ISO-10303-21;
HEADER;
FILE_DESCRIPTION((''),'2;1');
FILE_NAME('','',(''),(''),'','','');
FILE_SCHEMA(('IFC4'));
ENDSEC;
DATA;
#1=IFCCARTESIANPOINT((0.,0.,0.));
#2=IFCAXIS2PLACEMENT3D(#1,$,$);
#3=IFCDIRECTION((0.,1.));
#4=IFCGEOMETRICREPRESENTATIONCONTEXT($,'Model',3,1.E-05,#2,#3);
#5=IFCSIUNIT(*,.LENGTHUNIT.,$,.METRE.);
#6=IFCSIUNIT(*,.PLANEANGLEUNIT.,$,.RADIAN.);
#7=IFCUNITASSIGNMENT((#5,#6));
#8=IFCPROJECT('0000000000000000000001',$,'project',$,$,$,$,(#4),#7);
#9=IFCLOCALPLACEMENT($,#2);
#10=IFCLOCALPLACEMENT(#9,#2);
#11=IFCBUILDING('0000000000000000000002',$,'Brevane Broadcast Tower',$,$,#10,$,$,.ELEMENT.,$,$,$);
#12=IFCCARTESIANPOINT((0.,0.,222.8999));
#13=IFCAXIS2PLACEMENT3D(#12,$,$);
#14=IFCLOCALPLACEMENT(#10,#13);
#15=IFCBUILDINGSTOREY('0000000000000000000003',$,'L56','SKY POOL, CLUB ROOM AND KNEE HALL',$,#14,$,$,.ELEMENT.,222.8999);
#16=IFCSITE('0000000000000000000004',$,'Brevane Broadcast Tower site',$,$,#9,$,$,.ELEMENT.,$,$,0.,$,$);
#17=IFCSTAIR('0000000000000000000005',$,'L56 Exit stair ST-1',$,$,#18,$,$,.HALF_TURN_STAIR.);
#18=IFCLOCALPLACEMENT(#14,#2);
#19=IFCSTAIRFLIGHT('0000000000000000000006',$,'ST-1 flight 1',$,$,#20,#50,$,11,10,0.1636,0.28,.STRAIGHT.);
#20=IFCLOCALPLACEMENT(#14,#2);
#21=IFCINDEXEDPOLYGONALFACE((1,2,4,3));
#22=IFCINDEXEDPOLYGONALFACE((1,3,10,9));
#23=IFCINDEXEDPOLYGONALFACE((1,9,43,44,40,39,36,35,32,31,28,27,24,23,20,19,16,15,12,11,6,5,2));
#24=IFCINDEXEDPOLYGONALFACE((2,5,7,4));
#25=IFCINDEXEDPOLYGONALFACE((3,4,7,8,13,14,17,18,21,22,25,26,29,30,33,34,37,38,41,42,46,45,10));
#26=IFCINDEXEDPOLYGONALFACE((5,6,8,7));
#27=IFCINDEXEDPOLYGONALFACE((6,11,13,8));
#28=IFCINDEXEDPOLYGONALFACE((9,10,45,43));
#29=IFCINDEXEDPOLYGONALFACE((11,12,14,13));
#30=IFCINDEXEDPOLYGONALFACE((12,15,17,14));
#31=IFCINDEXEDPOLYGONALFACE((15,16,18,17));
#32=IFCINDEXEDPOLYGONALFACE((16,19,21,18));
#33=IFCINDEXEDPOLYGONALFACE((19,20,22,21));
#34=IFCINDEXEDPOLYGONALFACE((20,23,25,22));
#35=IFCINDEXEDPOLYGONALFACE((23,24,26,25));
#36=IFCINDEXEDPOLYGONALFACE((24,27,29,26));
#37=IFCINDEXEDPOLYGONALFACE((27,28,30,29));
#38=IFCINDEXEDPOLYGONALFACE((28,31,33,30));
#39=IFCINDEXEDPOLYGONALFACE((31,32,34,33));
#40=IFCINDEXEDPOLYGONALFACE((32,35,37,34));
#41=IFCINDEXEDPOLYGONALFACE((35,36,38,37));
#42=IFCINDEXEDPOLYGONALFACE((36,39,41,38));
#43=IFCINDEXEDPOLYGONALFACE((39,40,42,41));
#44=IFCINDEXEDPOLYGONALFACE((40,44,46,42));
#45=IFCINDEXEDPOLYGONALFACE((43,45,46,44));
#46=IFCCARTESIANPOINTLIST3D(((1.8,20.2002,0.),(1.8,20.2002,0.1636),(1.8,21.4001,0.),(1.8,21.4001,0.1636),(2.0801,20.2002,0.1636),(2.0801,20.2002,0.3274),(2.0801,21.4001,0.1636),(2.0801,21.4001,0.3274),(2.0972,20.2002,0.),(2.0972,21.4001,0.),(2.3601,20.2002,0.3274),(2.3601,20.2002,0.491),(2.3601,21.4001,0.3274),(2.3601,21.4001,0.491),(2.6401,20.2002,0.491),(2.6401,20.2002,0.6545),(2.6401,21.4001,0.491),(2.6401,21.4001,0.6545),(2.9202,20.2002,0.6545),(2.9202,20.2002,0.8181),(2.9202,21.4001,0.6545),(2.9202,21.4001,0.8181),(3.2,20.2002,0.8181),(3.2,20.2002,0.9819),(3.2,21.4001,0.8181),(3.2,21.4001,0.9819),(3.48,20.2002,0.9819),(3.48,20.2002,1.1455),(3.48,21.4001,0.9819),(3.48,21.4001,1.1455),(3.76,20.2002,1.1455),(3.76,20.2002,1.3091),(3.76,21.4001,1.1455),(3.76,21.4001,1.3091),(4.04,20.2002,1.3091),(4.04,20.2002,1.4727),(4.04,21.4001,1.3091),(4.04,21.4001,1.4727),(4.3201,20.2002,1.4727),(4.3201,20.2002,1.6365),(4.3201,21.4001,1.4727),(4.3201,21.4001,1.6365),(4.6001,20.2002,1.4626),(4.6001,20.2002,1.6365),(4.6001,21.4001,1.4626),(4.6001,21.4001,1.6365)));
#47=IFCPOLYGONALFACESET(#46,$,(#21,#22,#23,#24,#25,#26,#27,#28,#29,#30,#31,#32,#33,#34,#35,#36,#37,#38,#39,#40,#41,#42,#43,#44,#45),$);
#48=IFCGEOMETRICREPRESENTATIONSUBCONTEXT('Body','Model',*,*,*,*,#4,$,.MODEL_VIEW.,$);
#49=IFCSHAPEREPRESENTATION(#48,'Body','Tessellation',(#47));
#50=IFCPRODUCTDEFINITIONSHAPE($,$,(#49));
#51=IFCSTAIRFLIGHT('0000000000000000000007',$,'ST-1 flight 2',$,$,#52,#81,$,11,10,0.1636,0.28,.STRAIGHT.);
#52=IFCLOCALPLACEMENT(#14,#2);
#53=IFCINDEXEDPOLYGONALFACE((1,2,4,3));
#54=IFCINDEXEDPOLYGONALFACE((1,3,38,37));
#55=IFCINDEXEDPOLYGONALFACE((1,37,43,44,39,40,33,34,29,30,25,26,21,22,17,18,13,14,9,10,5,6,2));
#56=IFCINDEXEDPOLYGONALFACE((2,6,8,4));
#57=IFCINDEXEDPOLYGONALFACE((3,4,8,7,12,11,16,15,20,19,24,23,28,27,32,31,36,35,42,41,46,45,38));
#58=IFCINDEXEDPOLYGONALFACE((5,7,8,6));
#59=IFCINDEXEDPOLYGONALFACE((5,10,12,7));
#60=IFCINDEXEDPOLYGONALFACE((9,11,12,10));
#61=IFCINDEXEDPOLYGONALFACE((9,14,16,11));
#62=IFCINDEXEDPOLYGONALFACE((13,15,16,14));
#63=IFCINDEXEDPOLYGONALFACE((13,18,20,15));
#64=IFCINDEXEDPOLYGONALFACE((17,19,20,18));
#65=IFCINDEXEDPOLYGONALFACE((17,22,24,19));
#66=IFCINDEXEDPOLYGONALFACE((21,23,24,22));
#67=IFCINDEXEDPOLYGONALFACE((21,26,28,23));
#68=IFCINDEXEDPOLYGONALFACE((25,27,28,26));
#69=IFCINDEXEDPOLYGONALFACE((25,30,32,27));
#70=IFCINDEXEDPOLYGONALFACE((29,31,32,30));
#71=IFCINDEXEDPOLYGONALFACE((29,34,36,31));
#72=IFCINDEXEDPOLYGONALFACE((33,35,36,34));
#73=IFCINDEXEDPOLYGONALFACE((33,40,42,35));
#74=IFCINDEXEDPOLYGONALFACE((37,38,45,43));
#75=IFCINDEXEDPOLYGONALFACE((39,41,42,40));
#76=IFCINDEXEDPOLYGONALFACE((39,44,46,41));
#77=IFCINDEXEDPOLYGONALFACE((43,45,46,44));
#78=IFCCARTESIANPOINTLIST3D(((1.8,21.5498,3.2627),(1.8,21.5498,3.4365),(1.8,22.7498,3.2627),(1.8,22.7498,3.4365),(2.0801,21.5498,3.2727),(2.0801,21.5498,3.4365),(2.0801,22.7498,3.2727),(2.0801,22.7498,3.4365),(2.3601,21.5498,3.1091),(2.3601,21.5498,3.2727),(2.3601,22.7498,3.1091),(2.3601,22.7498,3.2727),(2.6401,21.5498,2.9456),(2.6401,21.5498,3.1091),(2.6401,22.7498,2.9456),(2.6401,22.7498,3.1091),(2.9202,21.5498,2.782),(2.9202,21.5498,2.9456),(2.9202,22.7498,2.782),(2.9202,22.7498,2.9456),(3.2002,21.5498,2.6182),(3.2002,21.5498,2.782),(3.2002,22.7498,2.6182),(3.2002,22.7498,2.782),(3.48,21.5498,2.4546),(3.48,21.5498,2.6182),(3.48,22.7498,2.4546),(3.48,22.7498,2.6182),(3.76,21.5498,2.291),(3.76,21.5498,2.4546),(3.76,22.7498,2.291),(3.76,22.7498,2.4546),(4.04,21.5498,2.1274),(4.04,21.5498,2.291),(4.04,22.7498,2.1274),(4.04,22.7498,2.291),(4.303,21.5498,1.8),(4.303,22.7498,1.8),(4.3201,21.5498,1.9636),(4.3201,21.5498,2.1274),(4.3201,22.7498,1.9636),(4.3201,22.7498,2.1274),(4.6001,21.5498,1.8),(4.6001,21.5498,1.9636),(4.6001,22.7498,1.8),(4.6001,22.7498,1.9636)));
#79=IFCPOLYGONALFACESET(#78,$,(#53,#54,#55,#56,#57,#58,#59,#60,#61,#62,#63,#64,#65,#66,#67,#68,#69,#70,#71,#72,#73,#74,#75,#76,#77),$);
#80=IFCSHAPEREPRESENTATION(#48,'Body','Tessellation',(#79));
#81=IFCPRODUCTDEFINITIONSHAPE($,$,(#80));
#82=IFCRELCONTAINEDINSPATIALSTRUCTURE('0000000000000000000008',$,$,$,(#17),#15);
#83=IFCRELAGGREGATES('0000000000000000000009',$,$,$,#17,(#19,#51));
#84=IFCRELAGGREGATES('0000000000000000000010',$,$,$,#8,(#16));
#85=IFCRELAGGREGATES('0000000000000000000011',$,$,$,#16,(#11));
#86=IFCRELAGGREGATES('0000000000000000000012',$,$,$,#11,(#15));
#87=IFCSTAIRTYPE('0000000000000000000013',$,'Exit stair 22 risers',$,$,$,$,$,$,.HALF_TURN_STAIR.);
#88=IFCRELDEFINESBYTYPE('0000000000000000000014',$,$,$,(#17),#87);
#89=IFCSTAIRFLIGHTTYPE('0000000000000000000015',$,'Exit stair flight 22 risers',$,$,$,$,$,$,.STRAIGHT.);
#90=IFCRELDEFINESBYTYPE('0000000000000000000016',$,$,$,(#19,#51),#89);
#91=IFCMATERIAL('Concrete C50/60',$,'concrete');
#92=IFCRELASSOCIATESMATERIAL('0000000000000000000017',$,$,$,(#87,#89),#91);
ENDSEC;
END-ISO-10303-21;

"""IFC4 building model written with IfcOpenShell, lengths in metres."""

from ifc_helpers import new_model, si_unit, direction, frame, origin, place, context, subcontext, project, spatial, polyline, outline, extrude, material, type_object, element, aggregate, save


model = new_model("IFC4")

# Units and contexts
model_context = context("Model", 3, precision=1e-05, world=origin(), true_north=direction((0.0, 1.0)))
body_context = subcontext(model_context, "Body", "Model", "MODEL_VIEW")
ifc_project = project(units=[si_unit("LENGTHUNIT", "METRE"), si_unit("PLANEANGLEUNIT", "RADIAN")], contexts=[model_context])

# Site, building, storey
site_placement = place(None, origin())
site = spatial("IfcSite", under=ifc_project, at=site_placement, Name="Brevane Broadcast Tower site", CompositionType="ELEMENT", RefElevation=0.0)
building_placement = place(site_placement, origin())
building = spatial("IfcBuilding", under=site, at=building_placement, Name="Brevane Broadcast Tower", CompositionType="ELEMENT")
storey_placement = place(building_placement, frame((0.0, 0.0, 222.8999)))
storey = spatial("IfcBuildingStorey", under=building, at=storey_placement, Name="L56", Description="SKY POOL, CLUB ROOM AND KNEE HALL", CompositionType="ELEMENT", Elevation=222.8999)

# Shared definitions
ifc_material_1 = material(Name="Concrete C50/60", Category="concrete")

# Stair, stair flights
stair_type = type_object("IfcStairType", Name="Exit stair 22 risers", PredefinedType="HALF_TURN_STAIR", material=ifc_material_1)
stair_placement = place(storey_placement, origin())
stair = element("IfcStair", 1, at=stair_placement, inside=storey, type_object=stair_type, Name="L56 Exit stair ST-1", PredefinedType="HALF_TURN_STAIR")
stair_flight_type = type_object("IfcStairFlightType", Name="Exit stair flight 22 risers", PredefinedType="STRAIGHT", material=ifc_material_1)
stair_flight_1_placement = place(storey_placement, frame((1.8, 20.8, 0.0), z_axis=(0.0, 0.0, 1.0), x_axis=(1.0, 0.0, 0.0)))
stair_flight_1 = element("IfcStairFlight", 2, at=stair_flight_1_placement, type_object=stair_flight_type, Name="ST-1 flight 1", NumberOfRisers=11, NumberOfTreads=10, PredefinedType="STRAIGHT", RiserHeight=0.1636, TreadLength=0.28, context=body_context, shape_type="SweptSolid", body=[
    extrude(outline(polyline([(0.0, 0.0), (0.0, 0.1636), (0.28, 0.1636), (0.28, 0.3274), (0.5601, 0.3274), (0.5601, 0.491), (0.8401, 0.491), (0.8401, 0.6545), (1.1201, 0.6545), (1.1201, 0.8181), (1.3999, 0.8181), (1.3999, 0.9819), (1.6799, 0.9819), (1.6799, 1.1455), (1.96, 1.1455), (1.96, 1.3091), (2.24, 1.3091), (2.24, 1.4727), (2.52, 1.4727), (2.52, 1.6365), (2.8, 1.6365), (2.8, 1.8), (2.8, 1.4626), (0.2971, 0.0), (0.0, 0.0)])), frame((0.0, 0.6001, 0.0), z_axis=(0.0, -1.0, 0.0), x_axis=(1.0, 0.0, 0.0)), (0.0, 0.0, 1.0), 1.2),
])
stair_flight_2_placement = place(storey_placement, frame((4.6001, 22.1499, 1.8), z_axis=(0.0, 0.0, 1.0), x_axis=(-1.0, 0.0, 0.0)))
stair_flight_2 = element("IfcStairFlight", 3, at=stair_flight_2_placement, type_object=stair_flight_type, Name="ST-1 flight 2", NumberOfRisers=11, NumberOfTreads=10, PredefinedType="STRAIGHT", RiserHeight=0.1636, TreadLength=0.28, context=body_context, shape_type="SweptSolid", body=[
    extrude(outline(polyline([(0.0, 0.0), (0.0, 0.1636), (0.28, 0.1636), (0.28, 0.3274), (0.5601, 0.3274), (0.5601, 0.491), (0.8401, 0.491), (0.8401, 0.6545), (1.1201, 0.6545), (1.1201, 0.8181), (1.3999, 0.8181), (1.3999, 0.9819), (1.6799, 0.9819), (1.6799, 1.1455), (1.96, 1.1455), (1.96, 1.3091), (2.24, 1.3091), (2.24, 1.4727), (2.52, 1.4727), (2.52, 1.6365), (2.8, 1.6365), (2.8, 1.8), (2.8, 1.4626), (0.2971, 0.0), (0.0, 0.0)])), frame((0.0, 0.6001, 0.0), z_axis=(0.0, -1.0, 0.0), x_axis=(1.0, 0.0, 0.0)), (0.0, 0.0, 1.0), 1.2),
])
aggregate(stair, [stair_flight_1, stair_flight_2])

save(model, "model.ifc")
